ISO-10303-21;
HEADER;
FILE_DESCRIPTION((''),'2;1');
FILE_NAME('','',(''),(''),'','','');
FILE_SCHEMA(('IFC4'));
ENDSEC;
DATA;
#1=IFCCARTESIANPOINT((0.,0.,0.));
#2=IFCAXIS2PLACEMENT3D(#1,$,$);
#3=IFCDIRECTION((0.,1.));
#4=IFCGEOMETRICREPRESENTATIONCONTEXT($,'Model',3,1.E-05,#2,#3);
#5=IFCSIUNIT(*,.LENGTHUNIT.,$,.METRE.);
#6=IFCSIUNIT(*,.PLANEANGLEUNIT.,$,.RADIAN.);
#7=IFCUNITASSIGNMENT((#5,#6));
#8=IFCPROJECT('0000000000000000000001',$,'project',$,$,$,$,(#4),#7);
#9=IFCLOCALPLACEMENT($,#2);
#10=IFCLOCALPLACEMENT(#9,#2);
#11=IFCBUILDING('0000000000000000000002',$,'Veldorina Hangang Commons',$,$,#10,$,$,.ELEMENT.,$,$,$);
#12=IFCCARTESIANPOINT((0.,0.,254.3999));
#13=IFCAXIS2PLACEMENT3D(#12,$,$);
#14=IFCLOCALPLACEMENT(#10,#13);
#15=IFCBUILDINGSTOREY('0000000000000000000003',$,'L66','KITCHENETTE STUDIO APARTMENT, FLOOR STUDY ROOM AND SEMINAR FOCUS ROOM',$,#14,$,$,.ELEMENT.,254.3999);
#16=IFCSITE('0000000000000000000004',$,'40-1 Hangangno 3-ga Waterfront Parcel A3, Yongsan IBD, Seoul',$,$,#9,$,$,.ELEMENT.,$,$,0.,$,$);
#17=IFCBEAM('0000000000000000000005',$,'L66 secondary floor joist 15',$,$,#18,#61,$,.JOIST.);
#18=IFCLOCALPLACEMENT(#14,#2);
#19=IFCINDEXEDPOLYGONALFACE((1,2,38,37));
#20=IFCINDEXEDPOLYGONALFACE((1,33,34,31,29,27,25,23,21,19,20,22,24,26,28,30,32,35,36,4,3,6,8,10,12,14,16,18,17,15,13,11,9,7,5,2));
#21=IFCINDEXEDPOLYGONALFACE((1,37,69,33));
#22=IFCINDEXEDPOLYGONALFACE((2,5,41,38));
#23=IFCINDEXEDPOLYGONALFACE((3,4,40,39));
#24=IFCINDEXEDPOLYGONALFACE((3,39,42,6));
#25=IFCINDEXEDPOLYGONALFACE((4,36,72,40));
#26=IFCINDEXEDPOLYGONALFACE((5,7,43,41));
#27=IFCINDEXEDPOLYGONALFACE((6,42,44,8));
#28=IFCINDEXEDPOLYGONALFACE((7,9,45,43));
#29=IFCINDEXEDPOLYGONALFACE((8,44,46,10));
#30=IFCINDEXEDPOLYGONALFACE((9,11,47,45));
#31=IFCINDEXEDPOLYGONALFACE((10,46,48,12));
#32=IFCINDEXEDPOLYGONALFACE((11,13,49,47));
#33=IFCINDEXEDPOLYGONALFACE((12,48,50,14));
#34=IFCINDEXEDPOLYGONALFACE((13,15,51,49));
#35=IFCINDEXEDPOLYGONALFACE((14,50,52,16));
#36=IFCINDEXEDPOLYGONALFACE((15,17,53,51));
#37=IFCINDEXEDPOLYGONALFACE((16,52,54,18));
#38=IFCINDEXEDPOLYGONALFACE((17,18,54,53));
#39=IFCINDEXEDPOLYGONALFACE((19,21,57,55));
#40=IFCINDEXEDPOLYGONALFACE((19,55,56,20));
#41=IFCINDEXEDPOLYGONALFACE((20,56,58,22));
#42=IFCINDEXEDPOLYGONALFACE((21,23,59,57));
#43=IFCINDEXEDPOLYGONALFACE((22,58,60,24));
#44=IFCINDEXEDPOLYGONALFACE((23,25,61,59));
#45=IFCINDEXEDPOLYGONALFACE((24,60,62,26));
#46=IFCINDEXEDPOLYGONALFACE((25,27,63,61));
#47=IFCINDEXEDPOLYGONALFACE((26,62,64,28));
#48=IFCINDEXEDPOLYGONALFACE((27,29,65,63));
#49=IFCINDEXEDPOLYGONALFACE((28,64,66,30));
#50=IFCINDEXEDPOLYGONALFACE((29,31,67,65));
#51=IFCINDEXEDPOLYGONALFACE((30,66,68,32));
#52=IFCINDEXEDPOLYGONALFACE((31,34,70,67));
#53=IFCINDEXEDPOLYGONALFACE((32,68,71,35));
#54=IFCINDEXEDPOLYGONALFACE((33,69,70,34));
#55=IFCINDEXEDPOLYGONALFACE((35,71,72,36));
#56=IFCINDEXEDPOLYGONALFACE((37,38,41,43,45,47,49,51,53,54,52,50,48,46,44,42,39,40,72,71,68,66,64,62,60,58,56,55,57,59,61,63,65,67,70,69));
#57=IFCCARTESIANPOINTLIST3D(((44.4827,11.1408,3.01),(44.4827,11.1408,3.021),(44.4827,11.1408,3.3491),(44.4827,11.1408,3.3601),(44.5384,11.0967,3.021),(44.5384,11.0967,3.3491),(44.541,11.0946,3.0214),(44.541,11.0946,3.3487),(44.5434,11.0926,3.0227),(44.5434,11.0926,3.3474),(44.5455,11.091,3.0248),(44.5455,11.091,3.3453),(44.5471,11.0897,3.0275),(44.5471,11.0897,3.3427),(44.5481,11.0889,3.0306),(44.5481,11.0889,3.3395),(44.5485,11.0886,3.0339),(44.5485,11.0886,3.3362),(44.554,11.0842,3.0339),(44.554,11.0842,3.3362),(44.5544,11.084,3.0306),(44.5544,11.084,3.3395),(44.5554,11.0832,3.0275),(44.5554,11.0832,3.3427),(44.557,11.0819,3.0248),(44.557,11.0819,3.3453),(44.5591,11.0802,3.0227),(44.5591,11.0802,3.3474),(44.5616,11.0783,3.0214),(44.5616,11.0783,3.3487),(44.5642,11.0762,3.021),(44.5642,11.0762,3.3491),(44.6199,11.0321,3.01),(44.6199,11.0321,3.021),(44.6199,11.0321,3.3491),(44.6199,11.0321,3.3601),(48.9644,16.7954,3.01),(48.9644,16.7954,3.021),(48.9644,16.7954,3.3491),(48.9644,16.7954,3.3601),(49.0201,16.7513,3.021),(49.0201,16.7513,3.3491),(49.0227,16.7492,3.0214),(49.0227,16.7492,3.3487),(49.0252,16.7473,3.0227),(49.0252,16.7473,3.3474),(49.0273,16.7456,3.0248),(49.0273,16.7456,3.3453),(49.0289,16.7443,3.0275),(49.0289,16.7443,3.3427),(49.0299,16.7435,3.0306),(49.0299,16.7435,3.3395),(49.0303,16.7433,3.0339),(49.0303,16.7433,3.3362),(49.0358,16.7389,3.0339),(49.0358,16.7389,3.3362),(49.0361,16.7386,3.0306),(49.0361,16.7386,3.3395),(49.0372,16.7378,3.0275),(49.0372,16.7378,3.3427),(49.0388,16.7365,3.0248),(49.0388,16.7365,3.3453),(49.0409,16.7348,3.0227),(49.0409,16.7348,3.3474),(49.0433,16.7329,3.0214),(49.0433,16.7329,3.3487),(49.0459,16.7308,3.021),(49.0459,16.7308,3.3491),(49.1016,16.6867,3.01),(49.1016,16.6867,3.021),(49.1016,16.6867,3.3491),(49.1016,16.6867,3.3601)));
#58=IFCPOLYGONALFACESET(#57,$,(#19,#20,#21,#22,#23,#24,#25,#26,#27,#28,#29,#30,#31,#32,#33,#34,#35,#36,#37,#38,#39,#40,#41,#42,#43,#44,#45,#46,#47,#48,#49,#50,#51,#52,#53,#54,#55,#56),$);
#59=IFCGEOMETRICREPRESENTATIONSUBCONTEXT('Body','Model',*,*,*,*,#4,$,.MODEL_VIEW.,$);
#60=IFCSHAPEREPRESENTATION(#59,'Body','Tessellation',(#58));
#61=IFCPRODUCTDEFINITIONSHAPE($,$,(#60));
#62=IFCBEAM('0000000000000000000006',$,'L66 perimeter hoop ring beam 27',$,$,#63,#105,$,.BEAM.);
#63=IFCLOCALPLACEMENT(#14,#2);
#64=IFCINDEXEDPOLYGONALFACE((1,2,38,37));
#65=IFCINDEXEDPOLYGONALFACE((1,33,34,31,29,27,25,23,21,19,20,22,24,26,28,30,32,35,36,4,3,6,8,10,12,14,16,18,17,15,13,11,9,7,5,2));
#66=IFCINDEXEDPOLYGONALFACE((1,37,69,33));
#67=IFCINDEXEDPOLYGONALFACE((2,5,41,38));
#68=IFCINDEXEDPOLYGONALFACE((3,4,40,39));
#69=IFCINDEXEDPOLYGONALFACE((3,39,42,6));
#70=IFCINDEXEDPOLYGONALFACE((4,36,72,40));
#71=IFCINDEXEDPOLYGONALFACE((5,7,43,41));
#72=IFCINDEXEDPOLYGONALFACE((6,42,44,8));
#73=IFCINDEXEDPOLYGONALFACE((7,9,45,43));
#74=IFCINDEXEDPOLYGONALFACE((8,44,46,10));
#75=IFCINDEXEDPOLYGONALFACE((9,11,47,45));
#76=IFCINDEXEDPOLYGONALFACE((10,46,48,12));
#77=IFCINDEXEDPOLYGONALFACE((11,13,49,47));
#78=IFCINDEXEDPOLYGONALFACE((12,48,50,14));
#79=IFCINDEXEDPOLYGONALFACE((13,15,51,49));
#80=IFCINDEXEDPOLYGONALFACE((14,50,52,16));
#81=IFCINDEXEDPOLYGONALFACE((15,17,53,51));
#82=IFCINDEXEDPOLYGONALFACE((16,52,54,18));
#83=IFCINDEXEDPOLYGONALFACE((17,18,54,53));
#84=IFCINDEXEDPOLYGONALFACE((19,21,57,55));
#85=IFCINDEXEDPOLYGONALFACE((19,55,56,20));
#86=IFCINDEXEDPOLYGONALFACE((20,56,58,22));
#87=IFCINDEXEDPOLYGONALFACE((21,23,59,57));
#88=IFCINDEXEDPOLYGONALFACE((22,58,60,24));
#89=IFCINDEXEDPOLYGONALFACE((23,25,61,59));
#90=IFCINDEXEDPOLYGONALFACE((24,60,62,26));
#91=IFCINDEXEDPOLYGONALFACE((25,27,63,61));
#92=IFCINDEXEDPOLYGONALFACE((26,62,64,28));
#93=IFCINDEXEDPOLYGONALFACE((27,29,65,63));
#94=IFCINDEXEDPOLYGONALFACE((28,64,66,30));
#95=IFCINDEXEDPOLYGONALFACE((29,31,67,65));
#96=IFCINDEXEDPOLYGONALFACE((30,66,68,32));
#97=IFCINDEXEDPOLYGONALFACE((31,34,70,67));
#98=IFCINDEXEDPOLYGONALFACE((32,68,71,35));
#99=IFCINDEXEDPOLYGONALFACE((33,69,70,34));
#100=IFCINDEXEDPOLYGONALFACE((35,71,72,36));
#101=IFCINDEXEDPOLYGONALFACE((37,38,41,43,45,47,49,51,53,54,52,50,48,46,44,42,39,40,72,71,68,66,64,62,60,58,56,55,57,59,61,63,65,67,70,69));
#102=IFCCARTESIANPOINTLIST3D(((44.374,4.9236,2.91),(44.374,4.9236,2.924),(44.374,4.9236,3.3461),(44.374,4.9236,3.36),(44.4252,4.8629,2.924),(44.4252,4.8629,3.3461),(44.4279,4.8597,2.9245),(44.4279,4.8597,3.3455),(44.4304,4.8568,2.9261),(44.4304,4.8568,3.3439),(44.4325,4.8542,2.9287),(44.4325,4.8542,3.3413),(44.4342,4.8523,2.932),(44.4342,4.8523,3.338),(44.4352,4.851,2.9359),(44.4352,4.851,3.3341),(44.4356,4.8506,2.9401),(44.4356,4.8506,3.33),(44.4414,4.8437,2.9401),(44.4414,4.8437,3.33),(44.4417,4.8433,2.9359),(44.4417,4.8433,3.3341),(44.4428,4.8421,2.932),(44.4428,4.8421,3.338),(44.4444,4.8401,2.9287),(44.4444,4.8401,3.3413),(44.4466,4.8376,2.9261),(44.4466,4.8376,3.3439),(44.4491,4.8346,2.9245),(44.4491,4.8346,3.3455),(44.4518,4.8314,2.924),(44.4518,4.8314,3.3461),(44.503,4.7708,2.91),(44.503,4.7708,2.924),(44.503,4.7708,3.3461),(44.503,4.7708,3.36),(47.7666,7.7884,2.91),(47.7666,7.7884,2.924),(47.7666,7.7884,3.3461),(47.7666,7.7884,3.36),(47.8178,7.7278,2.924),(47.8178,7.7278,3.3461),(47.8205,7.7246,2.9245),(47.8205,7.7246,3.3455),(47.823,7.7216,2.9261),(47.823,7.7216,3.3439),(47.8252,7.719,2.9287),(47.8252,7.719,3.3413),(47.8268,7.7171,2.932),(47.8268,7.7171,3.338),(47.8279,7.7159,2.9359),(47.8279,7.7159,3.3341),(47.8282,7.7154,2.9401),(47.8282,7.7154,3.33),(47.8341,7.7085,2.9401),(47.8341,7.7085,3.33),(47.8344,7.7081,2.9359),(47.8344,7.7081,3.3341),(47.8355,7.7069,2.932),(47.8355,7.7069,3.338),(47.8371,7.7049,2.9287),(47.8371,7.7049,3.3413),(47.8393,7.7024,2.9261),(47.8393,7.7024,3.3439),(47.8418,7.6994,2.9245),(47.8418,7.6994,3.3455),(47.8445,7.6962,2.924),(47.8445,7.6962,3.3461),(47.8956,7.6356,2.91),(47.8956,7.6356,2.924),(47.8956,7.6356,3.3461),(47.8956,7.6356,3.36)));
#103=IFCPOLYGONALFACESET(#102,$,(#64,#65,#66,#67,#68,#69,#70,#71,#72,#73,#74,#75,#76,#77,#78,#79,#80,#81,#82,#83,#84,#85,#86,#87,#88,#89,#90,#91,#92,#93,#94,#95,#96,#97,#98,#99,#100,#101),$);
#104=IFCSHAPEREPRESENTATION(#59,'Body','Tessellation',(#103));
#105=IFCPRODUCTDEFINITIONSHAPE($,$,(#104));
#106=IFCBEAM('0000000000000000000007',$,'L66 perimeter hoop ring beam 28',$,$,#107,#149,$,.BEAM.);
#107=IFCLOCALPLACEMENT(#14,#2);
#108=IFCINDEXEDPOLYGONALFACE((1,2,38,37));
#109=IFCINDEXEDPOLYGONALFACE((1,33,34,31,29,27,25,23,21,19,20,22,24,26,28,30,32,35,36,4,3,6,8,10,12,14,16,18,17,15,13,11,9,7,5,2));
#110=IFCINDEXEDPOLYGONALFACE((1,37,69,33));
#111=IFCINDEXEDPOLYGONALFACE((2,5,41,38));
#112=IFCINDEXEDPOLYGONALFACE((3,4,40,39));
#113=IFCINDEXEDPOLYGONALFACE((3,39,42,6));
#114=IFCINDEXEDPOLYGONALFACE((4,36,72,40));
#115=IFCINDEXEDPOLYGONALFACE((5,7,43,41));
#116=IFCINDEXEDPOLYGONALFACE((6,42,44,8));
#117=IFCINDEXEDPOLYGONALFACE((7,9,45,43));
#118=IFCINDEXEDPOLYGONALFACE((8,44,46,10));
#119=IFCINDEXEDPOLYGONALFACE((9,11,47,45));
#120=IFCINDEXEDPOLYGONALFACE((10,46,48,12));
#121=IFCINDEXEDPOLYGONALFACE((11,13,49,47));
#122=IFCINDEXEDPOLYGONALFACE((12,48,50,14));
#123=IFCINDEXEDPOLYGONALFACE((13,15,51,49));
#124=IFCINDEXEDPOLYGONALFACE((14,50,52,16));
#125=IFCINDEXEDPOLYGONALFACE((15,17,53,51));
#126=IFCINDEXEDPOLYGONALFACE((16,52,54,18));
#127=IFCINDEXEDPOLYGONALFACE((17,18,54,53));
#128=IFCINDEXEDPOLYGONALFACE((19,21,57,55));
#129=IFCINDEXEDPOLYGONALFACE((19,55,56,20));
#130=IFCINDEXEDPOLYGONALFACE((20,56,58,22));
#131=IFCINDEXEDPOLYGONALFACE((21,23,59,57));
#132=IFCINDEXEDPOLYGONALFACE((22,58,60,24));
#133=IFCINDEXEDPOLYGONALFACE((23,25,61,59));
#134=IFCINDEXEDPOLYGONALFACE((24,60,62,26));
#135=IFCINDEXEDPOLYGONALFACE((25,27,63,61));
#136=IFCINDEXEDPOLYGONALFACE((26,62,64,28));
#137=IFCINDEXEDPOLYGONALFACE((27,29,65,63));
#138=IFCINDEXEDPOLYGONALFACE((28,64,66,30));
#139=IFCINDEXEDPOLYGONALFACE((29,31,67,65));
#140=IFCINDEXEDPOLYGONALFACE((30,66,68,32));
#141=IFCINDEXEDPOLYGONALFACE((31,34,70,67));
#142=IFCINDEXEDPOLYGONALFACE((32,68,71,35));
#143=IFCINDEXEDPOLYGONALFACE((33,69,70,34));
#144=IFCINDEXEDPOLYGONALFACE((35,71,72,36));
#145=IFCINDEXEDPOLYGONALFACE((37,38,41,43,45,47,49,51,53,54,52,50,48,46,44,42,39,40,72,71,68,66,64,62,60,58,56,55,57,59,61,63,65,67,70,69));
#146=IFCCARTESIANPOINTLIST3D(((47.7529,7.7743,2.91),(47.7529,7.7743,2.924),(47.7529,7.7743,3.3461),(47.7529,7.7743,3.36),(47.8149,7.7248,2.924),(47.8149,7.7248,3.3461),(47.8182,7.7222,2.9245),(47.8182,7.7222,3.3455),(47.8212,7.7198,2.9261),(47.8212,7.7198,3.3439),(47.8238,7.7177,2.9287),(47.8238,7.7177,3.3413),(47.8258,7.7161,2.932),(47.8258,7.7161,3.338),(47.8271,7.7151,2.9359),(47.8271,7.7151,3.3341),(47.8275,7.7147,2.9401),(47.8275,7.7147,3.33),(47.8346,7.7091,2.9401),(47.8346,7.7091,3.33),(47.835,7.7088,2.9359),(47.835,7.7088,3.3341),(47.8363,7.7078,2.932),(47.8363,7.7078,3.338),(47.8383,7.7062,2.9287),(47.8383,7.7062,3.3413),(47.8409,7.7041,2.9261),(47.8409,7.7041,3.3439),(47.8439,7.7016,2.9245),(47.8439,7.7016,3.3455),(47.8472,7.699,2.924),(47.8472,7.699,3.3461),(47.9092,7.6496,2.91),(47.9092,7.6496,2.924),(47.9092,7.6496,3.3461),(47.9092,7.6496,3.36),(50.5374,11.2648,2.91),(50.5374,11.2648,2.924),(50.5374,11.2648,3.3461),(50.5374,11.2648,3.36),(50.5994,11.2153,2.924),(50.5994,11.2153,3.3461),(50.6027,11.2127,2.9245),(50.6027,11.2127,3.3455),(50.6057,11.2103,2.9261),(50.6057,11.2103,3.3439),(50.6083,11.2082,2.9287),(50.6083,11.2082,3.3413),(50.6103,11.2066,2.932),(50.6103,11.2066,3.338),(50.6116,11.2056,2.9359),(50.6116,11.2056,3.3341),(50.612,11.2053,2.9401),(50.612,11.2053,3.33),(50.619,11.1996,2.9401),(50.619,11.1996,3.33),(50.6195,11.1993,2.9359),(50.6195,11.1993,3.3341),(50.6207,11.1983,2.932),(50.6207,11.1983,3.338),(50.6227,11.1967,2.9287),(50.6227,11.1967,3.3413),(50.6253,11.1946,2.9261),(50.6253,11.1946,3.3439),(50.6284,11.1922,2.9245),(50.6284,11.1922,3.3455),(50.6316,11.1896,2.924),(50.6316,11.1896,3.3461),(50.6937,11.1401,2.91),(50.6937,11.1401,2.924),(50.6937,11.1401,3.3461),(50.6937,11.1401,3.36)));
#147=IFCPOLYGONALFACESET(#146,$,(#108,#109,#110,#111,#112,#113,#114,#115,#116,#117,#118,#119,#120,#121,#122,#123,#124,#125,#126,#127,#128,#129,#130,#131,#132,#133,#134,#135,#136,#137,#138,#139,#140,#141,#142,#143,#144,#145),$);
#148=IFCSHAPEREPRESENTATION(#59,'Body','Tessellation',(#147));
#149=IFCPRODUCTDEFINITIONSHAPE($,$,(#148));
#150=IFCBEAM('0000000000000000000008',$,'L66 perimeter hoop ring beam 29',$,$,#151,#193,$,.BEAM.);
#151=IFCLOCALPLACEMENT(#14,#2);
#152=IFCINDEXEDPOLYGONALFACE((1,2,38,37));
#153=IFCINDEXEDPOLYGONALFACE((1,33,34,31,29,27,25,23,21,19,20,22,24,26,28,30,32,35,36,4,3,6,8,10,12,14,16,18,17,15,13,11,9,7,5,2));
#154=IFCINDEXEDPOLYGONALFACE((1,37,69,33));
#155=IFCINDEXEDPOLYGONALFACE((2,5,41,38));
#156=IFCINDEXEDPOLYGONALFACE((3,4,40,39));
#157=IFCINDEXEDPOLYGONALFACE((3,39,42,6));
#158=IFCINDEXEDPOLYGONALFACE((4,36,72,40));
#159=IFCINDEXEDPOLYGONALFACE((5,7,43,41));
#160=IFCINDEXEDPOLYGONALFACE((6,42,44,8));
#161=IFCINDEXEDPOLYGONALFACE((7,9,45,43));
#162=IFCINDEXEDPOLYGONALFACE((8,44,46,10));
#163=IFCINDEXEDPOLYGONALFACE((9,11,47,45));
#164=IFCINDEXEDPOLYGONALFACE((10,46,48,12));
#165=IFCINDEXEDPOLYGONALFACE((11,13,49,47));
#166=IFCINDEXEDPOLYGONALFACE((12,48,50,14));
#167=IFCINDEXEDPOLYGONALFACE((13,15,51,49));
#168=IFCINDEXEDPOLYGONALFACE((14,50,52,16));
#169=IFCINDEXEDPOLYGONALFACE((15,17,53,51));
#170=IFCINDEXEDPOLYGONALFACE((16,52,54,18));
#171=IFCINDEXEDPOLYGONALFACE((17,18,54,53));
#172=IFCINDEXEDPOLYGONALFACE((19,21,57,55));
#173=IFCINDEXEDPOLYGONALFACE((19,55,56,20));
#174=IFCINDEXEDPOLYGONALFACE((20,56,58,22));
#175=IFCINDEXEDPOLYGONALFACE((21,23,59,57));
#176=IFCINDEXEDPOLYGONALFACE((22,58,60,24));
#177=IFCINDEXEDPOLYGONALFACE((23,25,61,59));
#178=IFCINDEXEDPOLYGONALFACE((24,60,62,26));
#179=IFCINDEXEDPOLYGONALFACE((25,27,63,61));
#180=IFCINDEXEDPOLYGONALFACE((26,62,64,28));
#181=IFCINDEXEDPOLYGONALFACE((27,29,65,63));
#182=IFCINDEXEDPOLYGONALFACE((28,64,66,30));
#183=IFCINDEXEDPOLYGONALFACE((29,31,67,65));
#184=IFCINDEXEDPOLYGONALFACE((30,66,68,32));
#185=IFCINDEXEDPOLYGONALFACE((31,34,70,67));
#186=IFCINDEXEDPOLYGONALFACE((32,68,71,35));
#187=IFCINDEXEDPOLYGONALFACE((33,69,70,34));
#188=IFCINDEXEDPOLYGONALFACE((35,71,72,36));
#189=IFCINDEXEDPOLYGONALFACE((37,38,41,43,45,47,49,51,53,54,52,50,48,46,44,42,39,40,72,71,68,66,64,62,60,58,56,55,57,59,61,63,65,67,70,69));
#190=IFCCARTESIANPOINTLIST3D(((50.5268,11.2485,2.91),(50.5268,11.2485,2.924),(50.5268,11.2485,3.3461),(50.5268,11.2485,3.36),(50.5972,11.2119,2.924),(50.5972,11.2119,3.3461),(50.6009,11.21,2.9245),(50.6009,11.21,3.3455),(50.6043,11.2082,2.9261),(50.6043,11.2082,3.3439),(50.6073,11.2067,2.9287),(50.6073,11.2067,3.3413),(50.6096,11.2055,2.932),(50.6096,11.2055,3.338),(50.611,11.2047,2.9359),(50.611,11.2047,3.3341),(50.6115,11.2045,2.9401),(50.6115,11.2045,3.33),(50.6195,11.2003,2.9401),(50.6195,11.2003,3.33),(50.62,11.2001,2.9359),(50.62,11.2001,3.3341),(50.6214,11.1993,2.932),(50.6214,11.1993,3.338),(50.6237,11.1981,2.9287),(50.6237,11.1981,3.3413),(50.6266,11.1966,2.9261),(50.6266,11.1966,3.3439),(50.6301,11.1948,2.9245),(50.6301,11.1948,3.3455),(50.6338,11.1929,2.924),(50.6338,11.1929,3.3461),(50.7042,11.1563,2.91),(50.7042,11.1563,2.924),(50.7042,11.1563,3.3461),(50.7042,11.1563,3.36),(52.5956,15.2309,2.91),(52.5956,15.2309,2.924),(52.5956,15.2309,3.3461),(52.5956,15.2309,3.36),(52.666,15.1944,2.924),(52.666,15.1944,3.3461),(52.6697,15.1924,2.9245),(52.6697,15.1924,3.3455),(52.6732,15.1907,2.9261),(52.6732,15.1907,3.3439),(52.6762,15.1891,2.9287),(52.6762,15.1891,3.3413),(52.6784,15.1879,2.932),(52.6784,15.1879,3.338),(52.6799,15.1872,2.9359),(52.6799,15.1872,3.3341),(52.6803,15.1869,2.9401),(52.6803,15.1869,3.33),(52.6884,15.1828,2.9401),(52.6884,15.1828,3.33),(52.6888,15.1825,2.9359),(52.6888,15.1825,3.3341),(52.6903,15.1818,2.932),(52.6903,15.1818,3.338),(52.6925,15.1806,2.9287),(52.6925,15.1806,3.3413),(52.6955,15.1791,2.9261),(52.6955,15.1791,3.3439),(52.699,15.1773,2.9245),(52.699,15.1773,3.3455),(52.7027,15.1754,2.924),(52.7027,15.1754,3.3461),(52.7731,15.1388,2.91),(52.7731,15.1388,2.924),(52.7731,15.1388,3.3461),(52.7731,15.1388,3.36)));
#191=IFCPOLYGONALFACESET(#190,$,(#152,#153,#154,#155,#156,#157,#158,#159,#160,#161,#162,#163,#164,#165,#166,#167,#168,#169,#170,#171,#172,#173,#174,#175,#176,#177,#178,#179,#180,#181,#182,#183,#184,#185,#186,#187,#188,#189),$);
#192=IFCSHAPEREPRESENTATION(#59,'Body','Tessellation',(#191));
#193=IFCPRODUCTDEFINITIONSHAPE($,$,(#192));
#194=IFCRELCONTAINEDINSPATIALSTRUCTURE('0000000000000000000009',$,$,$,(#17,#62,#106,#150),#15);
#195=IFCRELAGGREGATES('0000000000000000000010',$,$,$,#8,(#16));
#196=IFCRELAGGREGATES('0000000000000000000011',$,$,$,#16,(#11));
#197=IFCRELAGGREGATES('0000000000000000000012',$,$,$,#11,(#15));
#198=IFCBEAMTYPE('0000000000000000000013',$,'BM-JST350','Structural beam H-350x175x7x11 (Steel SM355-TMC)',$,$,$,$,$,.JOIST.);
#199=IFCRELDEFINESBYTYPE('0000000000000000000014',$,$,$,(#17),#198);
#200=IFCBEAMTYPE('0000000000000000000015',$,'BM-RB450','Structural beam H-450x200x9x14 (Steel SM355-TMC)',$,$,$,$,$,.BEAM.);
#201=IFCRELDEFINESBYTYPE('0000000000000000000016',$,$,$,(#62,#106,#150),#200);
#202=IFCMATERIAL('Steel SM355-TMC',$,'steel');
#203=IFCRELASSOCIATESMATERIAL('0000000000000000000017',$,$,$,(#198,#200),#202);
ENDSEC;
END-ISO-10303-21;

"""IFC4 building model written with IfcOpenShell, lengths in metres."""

from ifc_helpers import new_model, si_unit, direction, frame, origin, origin_2d, place, context, subcontext, project, spatial, i_section, extrude, material, material_profile, profile_set, type_object, element, save


model = new_model("IFC4")

# Units and contexts
model_context = context("Model", 3, precision=1e-05, world=origin(), true_north=direction((0.0, 1.0)))
body_context = subcontext(model_context, "Body", "Model", "MODEL_VIEW")
ifc_project = project(units=[si_unit("LENGTHUNIT", "METRE"), si_unit("PLANEANGLEUNIT", "RADIAN")], contexts=[model_context])

# Site, building, storey
site_placement = place(None, origin())
site = spatial("IfcSite", under=ifc_project, at=site_placement, Name="40-1 Hangangno 3-ga Waterfront Parcel A3, Yongsan IBD, Seoul", CompositionType="ELEMENT", RefElevation=0.0)
building_placement = place(site_placement, origin())
building = spatial("IfcBuilding", under=site, at=building_placement, Name="Veldorina Hangang Commons", CompositionType="ELEMENT")
storey_placement = place(building_placement, frame((0.0, 0.0, 254.3999)))
storey = spatial("IfcBuildingStorey", under=building, at=storey_placement, Name="L66", Description="KITCHENETTE STUDIO APARTMENT, FLOOR STUDY ROOM AND SEMINAR FOCUS ROOM", CompositionType="ELEMENT", Elevation=254.3999)

# Beams
ifc_material_1 = material(Name="Steel SM355-TMC", Category="steel")
ifc_material_profile_1 = material_profile(ifc_material_1, i_section(OverallWidth=0.175, OverallDepth=0.3501, WebThickness=0.0071, FlangeThickness=0.011, FilletRadius=0.0129, at=origin_2d()), Name="H-350x175x7x11")
ifc_profile_set_1 = profile_set([ifc_material_profile_1], Name="Steel SM355-TMC")
beam_type_1 = type_object("IfcBeamType", Name="BM-JST350", Description="Structural beam H-350x175x7x11 (Steel SM355-TMC)", PredefinedType="JOIST", material=ifc_profile_set_1)
beam_1_placement = place(storey_placement, frame((44.5513, 11.0864, 3.1851), z_axis=(0.621144, 0.783696, 0.0), x_axis=(-0.783696, 0.621144, 0.0)))
element("IfcBeam", 1, at=beam_1_placement, inside=storey, type_object=beam_type_1, Name="L66 secondary floor joist 15", PredefinedType="JOIST", context=body_context, shape_type="SweptSolid", body=[
    extrude(i_section(OverallWidth=0.175, OverallDepth=0.3501, WebThickness=0.0071, FlangeThickness=0.011, FilletRadius=0.0129, at=origin_2d()), origin(), (0.0, 0.0, 1.0), 7.2153),
])
ifc_material_profile_2 = material_profile(ifc_material_1, i_section(OverallWidth=0.2, OverallDepth=0.45, WebThickness=0.009, FlangeThickness=0.0139, FilletRadius=0.0161, at=origin_2d()), Name="H-450x200x9x14")
ifc_profile_set_2 = profile_set([ifc_material_profile_2], Name="Steel SM355-TMC")
beam_type_2 = type_object("IfcBeamType", Name="BM-RB450", Description="Structural beam H-450x200x9x14 (Steel SM355-TMC)", PredefinedType="BEAM", material=ifc_profile_set_2)
beam_2_placement = place(storey_placement, frame((44.4385, 4.8472, 3.135), z_axis=(0.764041, 0.645168, 0.0), x_axis=(-0.645168, 0.764041, 0.0)))
element("IfcBeam", 2, at=beam_2_placement, inside=storey, type_object=beam_type_2, Name="L66 perimeter hoop ring beam 27", PredefinedType="BEAM", context=body_context, shape_type="SweptSolid", body=[
    extrude(i_section(OverallWidth=0.2, OverallDepth=0.45, WebThickness=0.009, FlangeThickness=0.0139, FilletRadius=0.0161, at=origin_2d()), origin(), (0.0, 0.0, 1.0), 4.4404),
])
beam_3_placement = place(storey_placement, frame((47.8311, 7.7119, 3.135), z_axis=(0.623608, 0.781738, 0.0), x_axis=(-0.781738, 0.623608, 0.0)))
element("IfcBeam", 3, at=beam_3_placement, inside=storey, type_object=beam_type_2, Name="L66 perimeter hoop ring beam 28", PredefinedType="BEAM", context=body_context, shape_type="SweptSolid", body=[
    extrude(i_section(OverallWidth=0.2, OverallDepth=0.45, WebThickness=0.009, FlangeThickness=0.0139, FilletRadius=0.0161, at=origin_2d()), origin(), (0.0, 0.0, 1.0), 4.4651),
])
beam_4_placement = place(storey_placement, frame((50.6155, 11.2024, 3.135), z_axis=(0.461, 0.8874, 0.0), x_axis=(-0.8874, 0.461, 0.0)))
element("IfcBeam", 4, at=beam_4_placement, inside=storey, type_object=beam_type_2, Name="L66 perimeter hoop ring beam 29", PredefinedType="BEAM", context=body_context, shape_type="SweptSolid", body=[
    extrude(i_section(OverallWidth=0.2, OverallDepth=0.45, WebThickness=0.009, FlangeThickness=0.0139, FilletRadius=0.0161, at=origin_2d()), origin(), (0.0, 0.0, 1.0), 4.4878),
])

save(model, "model.ifc")
